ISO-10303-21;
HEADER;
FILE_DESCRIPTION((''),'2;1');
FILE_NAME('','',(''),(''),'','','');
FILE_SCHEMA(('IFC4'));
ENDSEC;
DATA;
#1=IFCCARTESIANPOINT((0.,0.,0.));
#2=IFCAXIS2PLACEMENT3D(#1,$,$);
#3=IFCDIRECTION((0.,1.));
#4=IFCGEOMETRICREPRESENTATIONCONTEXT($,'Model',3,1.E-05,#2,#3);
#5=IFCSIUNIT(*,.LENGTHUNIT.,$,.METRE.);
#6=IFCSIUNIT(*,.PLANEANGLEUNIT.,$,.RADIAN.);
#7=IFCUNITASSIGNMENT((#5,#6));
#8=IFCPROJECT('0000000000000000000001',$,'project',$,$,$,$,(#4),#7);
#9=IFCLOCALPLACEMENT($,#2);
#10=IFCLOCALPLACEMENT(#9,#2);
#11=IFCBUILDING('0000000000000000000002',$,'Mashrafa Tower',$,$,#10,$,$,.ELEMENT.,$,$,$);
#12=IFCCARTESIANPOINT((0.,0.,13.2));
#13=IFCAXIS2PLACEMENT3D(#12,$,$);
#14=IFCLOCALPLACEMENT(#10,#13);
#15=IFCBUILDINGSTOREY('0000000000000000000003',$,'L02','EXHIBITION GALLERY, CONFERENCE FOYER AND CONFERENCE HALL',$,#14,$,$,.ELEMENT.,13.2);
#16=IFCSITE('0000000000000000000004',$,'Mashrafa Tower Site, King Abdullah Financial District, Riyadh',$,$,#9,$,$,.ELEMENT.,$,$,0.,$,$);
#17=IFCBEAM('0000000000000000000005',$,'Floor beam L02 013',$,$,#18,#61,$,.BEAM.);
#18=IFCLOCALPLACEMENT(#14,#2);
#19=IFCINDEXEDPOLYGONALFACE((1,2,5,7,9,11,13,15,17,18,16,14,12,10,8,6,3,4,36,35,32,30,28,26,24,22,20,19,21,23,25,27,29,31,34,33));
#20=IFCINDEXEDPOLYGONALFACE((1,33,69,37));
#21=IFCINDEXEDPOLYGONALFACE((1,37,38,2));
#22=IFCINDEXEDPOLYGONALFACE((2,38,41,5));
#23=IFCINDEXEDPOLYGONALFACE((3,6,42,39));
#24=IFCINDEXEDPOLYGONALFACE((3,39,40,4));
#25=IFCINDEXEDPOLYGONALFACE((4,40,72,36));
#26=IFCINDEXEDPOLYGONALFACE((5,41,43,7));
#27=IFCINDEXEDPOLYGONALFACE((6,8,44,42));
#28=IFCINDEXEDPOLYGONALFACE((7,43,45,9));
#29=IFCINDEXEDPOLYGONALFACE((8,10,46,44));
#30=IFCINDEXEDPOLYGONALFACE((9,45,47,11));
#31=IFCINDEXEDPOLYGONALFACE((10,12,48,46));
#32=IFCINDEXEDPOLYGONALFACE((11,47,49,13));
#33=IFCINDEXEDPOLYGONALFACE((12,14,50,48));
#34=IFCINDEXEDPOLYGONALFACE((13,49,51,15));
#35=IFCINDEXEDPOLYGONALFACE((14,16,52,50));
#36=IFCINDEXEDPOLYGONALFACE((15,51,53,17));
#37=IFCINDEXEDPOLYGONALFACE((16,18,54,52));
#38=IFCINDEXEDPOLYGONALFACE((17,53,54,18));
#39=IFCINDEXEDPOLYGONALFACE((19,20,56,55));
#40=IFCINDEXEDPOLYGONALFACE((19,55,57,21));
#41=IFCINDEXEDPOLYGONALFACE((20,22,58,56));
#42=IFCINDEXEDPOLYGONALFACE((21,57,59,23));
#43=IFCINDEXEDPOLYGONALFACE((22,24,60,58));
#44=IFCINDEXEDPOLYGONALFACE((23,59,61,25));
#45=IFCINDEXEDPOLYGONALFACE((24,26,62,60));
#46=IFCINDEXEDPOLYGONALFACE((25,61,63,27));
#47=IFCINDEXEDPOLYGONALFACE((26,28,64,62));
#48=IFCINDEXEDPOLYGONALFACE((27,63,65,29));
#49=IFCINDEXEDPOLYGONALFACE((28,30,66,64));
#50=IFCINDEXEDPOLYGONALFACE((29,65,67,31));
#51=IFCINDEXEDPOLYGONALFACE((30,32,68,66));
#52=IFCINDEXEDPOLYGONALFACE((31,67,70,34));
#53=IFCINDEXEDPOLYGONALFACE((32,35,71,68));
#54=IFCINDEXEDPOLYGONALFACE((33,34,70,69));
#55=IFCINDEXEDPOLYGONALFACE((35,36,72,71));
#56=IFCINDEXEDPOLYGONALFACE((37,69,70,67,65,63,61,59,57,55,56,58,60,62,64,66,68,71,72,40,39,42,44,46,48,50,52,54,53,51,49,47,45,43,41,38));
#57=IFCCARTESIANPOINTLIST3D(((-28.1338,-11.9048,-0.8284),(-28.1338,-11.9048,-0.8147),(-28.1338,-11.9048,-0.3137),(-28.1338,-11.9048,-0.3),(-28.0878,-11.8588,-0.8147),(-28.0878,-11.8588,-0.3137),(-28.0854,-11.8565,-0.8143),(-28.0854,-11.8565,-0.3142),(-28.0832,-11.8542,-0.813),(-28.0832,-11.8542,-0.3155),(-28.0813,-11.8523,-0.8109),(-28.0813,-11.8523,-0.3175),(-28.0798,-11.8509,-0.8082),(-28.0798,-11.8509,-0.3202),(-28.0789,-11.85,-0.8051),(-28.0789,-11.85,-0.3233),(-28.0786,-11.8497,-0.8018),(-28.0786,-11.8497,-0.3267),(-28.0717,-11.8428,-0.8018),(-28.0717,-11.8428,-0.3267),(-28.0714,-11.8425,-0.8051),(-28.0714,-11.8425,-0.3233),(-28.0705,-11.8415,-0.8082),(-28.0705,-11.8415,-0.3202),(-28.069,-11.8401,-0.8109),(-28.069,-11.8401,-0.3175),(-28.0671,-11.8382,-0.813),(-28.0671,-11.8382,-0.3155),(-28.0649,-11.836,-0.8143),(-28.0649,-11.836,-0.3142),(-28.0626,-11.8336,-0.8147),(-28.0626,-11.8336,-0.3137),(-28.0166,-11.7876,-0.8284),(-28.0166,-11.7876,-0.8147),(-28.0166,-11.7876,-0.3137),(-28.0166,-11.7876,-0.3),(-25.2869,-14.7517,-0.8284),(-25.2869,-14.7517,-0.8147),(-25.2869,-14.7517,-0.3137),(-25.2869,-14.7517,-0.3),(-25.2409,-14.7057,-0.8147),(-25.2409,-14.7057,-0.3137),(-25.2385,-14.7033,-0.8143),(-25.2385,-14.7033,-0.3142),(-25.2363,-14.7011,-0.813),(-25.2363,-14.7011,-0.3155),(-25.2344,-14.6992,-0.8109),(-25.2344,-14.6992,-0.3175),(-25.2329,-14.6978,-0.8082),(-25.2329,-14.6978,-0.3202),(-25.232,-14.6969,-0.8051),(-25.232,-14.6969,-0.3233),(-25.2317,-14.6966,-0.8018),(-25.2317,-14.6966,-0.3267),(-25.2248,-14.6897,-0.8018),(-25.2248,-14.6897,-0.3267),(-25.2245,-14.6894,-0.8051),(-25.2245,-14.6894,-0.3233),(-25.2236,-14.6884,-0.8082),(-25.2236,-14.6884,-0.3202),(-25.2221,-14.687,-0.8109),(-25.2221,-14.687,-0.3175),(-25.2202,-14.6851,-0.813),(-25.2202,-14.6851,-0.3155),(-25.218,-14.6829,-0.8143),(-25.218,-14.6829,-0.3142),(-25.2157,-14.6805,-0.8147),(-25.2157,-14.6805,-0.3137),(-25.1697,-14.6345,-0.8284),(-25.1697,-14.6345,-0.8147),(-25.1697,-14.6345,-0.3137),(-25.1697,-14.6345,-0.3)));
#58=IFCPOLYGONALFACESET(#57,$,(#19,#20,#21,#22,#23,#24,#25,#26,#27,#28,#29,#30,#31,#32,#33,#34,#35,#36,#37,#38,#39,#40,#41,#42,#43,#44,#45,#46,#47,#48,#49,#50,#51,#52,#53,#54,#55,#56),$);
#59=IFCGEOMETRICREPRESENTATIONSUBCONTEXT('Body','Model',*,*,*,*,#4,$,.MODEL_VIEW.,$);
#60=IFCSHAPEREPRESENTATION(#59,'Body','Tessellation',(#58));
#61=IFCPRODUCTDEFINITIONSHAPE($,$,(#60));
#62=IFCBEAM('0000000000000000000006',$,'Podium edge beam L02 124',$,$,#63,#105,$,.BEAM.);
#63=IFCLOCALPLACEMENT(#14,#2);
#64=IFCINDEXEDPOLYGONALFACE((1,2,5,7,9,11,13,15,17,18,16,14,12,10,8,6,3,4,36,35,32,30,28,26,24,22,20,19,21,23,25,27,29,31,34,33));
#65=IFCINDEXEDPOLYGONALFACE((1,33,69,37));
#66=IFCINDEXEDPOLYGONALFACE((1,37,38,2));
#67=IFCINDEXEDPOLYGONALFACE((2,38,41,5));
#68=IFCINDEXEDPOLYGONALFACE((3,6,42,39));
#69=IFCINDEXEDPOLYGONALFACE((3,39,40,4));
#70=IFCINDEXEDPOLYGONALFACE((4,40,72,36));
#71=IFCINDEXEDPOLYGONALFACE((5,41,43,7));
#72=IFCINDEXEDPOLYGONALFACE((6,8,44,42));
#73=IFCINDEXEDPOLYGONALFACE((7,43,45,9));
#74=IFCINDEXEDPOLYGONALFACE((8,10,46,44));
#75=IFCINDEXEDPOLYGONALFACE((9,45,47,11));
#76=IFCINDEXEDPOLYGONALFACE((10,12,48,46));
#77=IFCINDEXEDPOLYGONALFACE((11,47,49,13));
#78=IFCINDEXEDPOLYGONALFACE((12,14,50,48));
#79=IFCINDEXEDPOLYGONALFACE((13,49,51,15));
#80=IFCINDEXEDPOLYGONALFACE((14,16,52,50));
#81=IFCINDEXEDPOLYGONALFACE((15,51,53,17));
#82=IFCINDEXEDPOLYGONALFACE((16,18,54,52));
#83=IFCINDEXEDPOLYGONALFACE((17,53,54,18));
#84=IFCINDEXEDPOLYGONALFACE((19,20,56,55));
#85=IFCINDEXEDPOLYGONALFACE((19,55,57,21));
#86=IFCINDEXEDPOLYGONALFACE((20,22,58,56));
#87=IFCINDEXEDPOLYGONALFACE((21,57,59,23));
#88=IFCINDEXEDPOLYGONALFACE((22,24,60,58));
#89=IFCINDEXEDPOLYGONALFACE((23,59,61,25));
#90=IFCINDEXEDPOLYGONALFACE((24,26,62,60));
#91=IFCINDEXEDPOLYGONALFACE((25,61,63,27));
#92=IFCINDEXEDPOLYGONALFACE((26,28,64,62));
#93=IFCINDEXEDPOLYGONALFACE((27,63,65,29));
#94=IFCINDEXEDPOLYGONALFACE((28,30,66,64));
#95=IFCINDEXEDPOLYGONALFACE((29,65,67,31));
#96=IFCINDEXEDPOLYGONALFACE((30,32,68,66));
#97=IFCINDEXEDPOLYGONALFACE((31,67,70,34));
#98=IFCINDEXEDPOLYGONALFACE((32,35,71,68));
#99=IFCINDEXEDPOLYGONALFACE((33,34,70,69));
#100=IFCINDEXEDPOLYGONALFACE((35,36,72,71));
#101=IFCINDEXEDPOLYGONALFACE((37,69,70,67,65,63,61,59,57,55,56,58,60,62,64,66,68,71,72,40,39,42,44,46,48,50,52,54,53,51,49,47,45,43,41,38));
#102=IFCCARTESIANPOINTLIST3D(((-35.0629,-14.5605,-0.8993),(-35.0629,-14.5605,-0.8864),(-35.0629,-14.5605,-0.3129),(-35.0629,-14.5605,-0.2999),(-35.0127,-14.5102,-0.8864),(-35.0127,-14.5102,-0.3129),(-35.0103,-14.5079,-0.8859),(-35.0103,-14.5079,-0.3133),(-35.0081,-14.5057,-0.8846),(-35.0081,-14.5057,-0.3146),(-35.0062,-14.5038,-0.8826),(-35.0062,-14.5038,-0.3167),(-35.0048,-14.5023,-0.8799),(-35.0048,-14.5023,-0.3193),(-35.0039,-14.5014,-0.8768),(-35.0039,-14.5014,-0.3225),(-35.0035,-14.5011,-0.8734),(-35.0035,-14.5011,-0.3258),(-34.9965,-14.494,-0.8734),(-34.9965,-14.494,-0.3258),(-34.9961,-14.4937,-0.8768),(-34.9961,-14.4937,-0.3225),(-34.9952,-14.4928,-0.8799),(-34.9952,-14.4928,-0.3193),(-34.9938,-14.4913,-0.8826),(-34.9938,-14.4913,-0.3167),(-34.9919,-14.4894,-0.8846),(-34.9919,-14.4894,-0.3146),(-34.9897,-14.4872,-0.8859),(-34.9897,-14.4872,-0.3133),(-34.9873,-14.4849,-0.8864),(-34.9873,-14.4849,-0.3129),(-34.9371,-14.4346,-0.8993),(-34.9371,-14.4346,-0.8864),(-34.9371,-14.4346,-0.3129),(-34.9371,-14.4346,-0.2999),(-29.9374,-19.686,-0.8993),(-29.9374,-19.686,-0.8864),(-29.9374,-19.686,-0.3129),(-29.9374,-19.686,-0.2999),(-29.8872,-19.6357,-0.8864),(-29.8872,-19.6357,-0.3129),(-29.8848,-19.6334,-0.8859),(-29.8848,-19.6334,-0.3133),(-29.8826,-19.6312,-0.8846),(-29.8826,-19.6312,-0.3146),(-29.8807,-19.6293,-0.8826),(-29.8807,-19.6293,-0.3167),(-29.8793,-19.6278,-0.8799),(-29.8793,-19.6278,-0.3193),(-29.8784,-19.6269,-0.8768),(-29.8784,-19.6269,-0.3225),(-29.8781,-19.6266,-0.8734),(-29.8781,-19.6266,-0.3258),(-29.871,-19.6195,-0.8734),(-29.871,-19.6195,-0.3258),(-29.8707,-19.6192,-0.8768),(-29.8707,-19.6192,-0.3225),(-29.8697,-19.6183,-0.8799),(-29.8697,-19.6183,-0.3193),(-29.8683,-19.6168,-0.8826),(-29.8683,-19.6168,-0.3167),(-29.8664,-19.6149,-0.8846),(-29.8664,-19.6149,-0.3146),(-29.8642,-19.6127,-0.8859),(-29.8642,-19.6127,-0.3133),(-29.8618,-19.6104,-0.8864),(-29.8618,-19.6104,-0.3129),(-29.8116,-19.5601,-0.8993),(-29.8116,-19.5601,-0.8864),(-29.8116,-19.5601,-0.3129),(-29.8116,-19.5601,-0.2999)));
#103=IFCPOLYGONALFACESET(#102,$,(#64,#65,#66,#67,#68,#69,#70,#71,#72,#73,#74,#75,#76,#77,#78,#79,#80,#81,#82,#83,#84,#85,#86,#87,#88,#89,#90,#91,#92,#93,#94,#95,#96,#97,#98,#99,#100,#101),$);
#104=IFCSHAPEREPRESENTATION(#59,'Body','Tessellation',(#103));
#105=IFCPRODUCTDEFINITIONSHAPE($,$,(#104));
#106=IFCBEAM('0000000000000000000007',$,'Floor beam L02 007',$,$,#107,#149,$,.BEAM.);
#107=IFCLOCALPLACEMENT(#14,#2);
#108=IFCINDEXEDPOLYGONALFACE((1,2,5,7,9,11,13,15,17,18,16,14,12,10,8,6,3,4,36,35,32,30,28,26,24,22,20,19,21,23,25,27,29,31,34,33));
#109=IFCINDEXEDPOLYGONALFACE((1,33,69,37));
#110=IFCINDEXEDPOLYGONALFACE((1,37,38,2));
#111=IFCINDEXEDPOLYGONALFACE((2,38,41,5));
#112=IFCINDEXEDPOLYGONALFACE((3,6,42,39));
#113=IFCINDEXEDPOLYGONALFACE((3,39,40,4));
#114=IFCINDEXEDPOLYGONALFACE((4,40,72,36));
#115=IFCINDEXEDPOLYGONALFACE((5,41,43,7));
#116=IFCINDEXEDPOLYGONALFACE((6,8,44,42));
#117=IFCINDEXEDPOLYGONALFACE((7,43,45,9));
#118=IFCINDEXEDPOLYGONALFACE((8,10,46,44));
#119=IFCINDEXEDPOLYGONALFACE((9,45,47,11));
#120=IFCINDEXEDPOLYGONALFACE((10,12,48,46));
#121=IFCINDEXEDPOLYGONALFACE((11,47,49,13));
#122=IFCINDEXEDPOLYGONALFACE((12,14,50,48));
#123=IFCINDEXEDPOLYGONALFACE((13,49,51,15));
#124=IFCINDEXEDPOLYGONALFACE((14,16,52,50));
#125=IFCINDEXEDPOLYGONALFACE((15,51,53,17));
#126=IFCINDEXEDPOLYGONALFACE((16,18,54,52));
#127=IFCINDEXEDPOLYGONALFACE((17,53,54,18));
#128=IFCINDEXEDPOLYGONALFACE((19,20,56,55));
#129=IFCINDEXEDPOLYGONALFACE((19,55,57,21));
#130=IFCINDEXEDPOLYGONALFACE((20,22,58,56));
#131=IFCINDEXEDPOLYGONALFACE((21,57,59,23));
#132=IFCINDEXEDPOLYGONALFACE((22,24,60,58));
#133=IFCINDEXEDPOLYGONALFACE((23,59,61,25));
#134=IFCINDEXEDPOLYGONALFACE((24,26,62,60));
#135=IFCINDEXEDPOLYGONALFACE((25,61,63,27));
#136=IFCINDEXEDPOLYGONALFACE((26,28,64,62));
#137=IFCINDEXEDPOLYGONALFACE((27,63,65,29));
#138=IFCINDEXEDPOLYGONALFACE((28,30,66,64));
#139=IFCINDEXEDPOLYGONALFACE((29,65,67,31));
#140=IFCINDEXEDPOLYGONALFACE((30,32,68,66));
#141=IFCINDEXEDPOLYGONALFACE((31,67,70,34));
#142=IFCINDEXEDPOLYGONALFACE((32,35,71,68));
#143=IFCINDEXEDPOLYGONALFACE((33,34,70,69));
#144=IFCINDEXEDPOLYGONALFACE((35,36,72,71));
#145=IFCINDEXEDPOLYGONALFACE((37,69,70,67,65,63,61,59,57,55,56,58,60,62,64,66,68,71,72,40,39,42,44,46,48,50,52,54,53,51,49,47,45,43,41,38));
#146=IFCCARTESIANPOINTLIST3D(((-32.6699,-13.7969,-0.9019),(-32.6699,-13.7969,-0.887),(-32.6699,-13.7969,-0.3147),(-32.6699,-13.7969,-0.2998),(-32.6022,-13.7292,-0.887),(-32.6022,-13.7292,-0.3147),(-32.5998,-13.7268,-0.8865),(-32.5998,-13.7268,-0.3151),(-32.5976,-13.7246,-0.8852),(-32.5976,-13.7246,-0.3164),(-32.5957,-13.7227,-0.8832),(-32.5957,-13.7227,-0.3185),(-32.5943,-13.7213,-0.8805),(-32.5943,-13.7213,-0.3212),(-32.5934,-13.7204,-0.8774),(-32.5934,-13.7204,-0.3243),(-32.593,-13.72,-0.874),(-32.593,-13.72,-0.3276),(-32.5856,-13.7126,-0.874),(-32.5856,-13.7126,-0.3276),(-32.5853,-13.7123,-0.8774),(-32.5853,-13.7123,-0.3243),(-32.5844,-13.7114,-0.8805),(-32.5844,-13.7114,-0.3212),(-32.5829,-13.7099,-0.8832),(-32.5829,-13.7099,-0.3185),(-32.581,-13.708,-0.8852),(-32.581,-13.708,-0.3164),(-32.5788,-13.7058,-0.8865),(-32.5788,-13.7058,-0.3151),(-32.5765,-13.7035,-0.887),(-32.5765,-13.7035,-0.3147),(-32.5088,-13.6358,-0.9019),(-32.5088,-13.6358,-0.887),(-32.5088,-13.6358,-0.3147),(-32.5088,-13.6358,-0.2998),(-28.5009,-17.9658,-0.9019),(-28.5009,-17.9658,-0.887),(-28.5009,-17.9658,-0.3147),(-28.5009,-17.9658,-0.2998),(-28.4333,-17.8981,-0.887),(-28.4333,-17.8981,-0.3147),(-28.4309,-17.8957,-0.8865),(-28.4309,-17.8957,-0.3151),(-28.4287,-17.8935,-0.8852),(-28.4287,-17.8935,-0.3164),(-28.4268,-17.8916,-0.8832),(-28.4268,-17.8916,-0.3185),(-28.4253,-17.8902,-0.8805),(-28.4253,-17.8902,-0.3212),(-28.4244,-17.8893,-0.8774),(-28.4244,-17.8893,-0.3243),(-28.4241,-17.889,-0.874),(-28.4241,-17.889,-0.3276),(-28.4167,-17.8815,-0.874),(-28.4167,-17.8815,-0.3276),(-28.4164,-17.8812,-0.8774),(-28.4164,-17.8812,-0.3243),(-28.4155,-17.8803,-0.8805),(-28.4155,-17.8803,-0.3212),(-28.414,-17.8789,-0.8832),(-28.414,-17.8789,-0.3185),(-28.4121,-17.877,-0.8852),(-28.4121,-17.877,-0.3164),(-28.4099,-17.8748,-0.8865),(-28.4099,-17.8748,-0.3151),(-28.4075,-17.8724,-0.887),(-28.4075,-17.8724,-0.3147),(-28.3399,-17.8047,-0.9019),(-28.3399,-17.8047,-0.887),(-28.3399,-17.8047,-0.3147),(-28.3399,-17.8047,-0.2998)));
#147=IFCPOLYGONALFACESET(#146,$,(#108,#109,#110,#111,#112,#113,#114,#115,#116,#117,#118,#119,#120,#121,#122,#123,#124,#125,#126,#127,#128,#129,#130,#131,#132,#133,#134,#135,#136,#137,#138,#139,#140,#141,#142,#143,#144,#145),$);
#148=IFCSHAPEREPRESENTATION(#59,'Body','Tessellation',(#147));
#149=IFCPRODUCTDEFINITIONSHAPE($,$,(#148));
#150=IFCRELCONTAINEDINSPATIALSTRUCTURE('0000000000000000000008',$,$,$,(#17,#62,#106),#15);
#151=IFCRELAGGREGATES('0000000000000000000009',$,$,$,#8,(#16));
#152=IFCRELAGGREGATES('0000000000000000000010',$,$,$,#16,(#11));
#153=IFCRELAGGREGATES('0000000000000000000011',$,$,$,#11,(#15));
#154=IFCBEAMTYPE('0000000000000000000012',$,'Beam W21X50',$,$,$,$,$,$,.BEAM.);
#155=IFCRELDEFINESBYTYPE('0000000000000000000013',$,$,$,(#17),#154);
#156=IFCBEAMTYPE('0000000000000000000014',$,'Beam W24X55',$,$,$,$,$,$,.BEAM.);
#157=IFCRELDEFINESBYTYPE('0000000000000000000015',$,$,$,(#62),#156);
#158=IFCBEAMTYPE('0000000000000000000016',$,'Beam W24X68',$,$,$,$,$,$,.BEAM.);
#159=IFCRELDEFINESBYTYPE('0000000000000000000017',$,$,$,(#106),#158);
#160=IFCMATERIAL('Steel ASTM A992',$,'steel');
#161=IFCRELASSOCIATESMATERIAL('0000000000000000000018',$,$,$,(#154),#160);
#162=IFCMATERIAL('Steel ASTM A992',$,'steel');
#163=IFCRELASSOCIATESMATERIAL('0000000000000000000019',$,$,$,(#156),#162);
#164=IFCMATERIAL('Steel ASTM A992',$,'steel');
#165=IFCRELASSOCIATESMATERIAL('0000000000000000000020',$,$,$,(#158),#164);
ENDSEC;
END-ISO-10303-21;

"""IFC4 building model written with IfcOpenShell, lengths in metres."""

from ifc_helpers import new_model, si_unit, direction, frame, origin, origin_2d, place, context, subcontext, project, spatial, i_section, extrude, material, material_profile, profile_set, type_object, element, save


model = new_model("IFC4")

# Units and contexts
model_context = context("Model", 3, precision=1e-05, world=origin(), true_north=direction((0.0, 1.0)))
body_context = subcontext(model_context, "Body", "Model", "MODEL_VIEW")
ifc_project = project(units=[si_unit("LENGTHUNIT", "METRE"), si_unit("PLANEANGLEUNIT", "RADIAN")], contexts=[model_context])

# Site, building, storey
site_placement = place(None, origin())
site = spatial("IfcSite", under=ifc_project, at=site_placement, Name="Mashrafa Tower Site, King Abdullah Financial District, Riyadh", CompositionType="ELEMENT", RefElevation=0.0)
building_placement = place(site_placement, origin())
building = spatial("IfcBuilding", under=site, at=building_placement, Name="Mashrafa Tower", CompositionType="ELEMENT")
storey_placement = place(building_placement, frame((0.0, 0.0, 13.2)))
storey = spatial("IfcBuildingStorey", under=building, at=storey_placement, Name="L02", Description="EXHIBITION GALLERY, CONFERENCE FOYER AND CONFERENCE HALL", CompositionType="ELEMENT", Elevation=13.2)

# Beams
ifc_material_1 = material(Name="Steel ASTM A992", Category="steel")
ifc_material_profile_1 = material_profile(ifc_material_1, i_section(OverallWidth=0.1658, OverallDepth=0.5283, WebThickness=0.0098, FlangeThickness=0.0137, FilletRadius=0.0129, at=origin_2d()), Name="W21X50")
ifc_profile_set_1 = profile_set([ifc_material_profile_1], Name="Steel ASTM A992")
beam_type_1 = type_object("IfcBeamType", Name="Beam W21X50", PredefinedType="BEAM", material=ifc_profile_set_1)
beam_1_placement = place(storey_placement, frame((-25.2283, -14.6931, -0.5642), z_axis=(-0.707107, 0.707107, 0.0), x_axis=(-0.707107, -0.707107, 0.0)))
element("IfcBeam", 1, at=beam_1_placement, inside=storey, type_object=beam_type_1, Name="Floor beam L02 013", PredefinedType="BEAM", context=body_context, shape_type="SweptSolid", body=[
    extrude(i_section(OverallWidth=0.1658, OverallDepth=0.5283, WebThickness=0.0098, FlangeThickness=0.0137, FilletRadius=0.0129, at=origin_2d()), origin(), (0.0, 0.0, 1.0), 4.0261),
])
ifc_material_2 = material(Name="Steel ASTM A992", Category="steel")
ifc_material_profile_2 = material_profile(ifc_material_2, i_section(OverallWidth=0.178, OverallDepth=0.5994, WebThickness=0.01, FlangeThickness=0.0129, FilletRadius=0.0129, at=origin_2d()), Name="W24X55")
ifc_profile_set_2 = profile_set([ifc_material_profile_2], Name="Steel ASTM A992")
beam_type_2 = type_object("IfcBeamType", Name="Beam W24X55", PredefinedType="BEAM", material=ifc_profile_set_2)
beam_2_placement = place(storey_placement, frame((-35.0, -14.4976, -0.5996), z_axis=(0.707107, -0.707107, 0.0), x_axis=(0.707107, 0.707107, 0.0)))
element("IfcBeam", 2, at=beam_2_placement, inside=storey, type_object=beam_type_2, Name="Podium edge beam L02 124", PredefinedType="BEAM", context=body_context, shape_type="SweptSolid", body=[
    extrude(i_section(OverallWidth=0.178, OverallDepth=0.5994, WebThickness=0.01, FlangeThickness=0.0129, FilletRadius=0.0129, at=origin_2d()), origin(), (0.0, 0.0, 1.0), 7.2485),
])
ifc_material_3 = material(Name="Steel ASTM A992", Category="steel")
ifc_material_profile_3 = material_profile(ifc_material_3, i_section(OverallWidth=0.2278, OverallDepth=0.6021, WebThickness=0.0105, FlangeThickness=0.0149, FilletRadius=0.0129, at=origin_2d()), Name="W24X68")
ifc_profile_set_3 = profile_set([ifc_material_profile_3], Name="Steel ASTM A992")
beam_type_3 = type_object("IfcBeamType", Name="Beam W24X68", PredefinedType="BEAM", material=ifc_profile_set_3)
beam_3_placement = place(storey_placement, frame((-28.4204, -17.8853, -0.6008), z_axis=(-0.707107, 0.707107, 0.0), x_axis=(-0.707107, -0.707107, 0.0)))
element("IfcBeam", 3, at=beam_3_placement, inside=storey, type_object=beam_type_3, Name="Floor beam L02 007", PredefinedType="BEAM", context=body_context, shape_type="SweptSolid", body=[
    extrude(i_section(OverallWidth=0.2278, OverallDepth=0.6021, WebThickness=0.0105, FlangeThickness=0.0149, FilletRadius=0.0129, at=origin_2d()), origin(), (0.0, 0.0, 1.0), 5.8958),
])

save(model, "model.ifc")
